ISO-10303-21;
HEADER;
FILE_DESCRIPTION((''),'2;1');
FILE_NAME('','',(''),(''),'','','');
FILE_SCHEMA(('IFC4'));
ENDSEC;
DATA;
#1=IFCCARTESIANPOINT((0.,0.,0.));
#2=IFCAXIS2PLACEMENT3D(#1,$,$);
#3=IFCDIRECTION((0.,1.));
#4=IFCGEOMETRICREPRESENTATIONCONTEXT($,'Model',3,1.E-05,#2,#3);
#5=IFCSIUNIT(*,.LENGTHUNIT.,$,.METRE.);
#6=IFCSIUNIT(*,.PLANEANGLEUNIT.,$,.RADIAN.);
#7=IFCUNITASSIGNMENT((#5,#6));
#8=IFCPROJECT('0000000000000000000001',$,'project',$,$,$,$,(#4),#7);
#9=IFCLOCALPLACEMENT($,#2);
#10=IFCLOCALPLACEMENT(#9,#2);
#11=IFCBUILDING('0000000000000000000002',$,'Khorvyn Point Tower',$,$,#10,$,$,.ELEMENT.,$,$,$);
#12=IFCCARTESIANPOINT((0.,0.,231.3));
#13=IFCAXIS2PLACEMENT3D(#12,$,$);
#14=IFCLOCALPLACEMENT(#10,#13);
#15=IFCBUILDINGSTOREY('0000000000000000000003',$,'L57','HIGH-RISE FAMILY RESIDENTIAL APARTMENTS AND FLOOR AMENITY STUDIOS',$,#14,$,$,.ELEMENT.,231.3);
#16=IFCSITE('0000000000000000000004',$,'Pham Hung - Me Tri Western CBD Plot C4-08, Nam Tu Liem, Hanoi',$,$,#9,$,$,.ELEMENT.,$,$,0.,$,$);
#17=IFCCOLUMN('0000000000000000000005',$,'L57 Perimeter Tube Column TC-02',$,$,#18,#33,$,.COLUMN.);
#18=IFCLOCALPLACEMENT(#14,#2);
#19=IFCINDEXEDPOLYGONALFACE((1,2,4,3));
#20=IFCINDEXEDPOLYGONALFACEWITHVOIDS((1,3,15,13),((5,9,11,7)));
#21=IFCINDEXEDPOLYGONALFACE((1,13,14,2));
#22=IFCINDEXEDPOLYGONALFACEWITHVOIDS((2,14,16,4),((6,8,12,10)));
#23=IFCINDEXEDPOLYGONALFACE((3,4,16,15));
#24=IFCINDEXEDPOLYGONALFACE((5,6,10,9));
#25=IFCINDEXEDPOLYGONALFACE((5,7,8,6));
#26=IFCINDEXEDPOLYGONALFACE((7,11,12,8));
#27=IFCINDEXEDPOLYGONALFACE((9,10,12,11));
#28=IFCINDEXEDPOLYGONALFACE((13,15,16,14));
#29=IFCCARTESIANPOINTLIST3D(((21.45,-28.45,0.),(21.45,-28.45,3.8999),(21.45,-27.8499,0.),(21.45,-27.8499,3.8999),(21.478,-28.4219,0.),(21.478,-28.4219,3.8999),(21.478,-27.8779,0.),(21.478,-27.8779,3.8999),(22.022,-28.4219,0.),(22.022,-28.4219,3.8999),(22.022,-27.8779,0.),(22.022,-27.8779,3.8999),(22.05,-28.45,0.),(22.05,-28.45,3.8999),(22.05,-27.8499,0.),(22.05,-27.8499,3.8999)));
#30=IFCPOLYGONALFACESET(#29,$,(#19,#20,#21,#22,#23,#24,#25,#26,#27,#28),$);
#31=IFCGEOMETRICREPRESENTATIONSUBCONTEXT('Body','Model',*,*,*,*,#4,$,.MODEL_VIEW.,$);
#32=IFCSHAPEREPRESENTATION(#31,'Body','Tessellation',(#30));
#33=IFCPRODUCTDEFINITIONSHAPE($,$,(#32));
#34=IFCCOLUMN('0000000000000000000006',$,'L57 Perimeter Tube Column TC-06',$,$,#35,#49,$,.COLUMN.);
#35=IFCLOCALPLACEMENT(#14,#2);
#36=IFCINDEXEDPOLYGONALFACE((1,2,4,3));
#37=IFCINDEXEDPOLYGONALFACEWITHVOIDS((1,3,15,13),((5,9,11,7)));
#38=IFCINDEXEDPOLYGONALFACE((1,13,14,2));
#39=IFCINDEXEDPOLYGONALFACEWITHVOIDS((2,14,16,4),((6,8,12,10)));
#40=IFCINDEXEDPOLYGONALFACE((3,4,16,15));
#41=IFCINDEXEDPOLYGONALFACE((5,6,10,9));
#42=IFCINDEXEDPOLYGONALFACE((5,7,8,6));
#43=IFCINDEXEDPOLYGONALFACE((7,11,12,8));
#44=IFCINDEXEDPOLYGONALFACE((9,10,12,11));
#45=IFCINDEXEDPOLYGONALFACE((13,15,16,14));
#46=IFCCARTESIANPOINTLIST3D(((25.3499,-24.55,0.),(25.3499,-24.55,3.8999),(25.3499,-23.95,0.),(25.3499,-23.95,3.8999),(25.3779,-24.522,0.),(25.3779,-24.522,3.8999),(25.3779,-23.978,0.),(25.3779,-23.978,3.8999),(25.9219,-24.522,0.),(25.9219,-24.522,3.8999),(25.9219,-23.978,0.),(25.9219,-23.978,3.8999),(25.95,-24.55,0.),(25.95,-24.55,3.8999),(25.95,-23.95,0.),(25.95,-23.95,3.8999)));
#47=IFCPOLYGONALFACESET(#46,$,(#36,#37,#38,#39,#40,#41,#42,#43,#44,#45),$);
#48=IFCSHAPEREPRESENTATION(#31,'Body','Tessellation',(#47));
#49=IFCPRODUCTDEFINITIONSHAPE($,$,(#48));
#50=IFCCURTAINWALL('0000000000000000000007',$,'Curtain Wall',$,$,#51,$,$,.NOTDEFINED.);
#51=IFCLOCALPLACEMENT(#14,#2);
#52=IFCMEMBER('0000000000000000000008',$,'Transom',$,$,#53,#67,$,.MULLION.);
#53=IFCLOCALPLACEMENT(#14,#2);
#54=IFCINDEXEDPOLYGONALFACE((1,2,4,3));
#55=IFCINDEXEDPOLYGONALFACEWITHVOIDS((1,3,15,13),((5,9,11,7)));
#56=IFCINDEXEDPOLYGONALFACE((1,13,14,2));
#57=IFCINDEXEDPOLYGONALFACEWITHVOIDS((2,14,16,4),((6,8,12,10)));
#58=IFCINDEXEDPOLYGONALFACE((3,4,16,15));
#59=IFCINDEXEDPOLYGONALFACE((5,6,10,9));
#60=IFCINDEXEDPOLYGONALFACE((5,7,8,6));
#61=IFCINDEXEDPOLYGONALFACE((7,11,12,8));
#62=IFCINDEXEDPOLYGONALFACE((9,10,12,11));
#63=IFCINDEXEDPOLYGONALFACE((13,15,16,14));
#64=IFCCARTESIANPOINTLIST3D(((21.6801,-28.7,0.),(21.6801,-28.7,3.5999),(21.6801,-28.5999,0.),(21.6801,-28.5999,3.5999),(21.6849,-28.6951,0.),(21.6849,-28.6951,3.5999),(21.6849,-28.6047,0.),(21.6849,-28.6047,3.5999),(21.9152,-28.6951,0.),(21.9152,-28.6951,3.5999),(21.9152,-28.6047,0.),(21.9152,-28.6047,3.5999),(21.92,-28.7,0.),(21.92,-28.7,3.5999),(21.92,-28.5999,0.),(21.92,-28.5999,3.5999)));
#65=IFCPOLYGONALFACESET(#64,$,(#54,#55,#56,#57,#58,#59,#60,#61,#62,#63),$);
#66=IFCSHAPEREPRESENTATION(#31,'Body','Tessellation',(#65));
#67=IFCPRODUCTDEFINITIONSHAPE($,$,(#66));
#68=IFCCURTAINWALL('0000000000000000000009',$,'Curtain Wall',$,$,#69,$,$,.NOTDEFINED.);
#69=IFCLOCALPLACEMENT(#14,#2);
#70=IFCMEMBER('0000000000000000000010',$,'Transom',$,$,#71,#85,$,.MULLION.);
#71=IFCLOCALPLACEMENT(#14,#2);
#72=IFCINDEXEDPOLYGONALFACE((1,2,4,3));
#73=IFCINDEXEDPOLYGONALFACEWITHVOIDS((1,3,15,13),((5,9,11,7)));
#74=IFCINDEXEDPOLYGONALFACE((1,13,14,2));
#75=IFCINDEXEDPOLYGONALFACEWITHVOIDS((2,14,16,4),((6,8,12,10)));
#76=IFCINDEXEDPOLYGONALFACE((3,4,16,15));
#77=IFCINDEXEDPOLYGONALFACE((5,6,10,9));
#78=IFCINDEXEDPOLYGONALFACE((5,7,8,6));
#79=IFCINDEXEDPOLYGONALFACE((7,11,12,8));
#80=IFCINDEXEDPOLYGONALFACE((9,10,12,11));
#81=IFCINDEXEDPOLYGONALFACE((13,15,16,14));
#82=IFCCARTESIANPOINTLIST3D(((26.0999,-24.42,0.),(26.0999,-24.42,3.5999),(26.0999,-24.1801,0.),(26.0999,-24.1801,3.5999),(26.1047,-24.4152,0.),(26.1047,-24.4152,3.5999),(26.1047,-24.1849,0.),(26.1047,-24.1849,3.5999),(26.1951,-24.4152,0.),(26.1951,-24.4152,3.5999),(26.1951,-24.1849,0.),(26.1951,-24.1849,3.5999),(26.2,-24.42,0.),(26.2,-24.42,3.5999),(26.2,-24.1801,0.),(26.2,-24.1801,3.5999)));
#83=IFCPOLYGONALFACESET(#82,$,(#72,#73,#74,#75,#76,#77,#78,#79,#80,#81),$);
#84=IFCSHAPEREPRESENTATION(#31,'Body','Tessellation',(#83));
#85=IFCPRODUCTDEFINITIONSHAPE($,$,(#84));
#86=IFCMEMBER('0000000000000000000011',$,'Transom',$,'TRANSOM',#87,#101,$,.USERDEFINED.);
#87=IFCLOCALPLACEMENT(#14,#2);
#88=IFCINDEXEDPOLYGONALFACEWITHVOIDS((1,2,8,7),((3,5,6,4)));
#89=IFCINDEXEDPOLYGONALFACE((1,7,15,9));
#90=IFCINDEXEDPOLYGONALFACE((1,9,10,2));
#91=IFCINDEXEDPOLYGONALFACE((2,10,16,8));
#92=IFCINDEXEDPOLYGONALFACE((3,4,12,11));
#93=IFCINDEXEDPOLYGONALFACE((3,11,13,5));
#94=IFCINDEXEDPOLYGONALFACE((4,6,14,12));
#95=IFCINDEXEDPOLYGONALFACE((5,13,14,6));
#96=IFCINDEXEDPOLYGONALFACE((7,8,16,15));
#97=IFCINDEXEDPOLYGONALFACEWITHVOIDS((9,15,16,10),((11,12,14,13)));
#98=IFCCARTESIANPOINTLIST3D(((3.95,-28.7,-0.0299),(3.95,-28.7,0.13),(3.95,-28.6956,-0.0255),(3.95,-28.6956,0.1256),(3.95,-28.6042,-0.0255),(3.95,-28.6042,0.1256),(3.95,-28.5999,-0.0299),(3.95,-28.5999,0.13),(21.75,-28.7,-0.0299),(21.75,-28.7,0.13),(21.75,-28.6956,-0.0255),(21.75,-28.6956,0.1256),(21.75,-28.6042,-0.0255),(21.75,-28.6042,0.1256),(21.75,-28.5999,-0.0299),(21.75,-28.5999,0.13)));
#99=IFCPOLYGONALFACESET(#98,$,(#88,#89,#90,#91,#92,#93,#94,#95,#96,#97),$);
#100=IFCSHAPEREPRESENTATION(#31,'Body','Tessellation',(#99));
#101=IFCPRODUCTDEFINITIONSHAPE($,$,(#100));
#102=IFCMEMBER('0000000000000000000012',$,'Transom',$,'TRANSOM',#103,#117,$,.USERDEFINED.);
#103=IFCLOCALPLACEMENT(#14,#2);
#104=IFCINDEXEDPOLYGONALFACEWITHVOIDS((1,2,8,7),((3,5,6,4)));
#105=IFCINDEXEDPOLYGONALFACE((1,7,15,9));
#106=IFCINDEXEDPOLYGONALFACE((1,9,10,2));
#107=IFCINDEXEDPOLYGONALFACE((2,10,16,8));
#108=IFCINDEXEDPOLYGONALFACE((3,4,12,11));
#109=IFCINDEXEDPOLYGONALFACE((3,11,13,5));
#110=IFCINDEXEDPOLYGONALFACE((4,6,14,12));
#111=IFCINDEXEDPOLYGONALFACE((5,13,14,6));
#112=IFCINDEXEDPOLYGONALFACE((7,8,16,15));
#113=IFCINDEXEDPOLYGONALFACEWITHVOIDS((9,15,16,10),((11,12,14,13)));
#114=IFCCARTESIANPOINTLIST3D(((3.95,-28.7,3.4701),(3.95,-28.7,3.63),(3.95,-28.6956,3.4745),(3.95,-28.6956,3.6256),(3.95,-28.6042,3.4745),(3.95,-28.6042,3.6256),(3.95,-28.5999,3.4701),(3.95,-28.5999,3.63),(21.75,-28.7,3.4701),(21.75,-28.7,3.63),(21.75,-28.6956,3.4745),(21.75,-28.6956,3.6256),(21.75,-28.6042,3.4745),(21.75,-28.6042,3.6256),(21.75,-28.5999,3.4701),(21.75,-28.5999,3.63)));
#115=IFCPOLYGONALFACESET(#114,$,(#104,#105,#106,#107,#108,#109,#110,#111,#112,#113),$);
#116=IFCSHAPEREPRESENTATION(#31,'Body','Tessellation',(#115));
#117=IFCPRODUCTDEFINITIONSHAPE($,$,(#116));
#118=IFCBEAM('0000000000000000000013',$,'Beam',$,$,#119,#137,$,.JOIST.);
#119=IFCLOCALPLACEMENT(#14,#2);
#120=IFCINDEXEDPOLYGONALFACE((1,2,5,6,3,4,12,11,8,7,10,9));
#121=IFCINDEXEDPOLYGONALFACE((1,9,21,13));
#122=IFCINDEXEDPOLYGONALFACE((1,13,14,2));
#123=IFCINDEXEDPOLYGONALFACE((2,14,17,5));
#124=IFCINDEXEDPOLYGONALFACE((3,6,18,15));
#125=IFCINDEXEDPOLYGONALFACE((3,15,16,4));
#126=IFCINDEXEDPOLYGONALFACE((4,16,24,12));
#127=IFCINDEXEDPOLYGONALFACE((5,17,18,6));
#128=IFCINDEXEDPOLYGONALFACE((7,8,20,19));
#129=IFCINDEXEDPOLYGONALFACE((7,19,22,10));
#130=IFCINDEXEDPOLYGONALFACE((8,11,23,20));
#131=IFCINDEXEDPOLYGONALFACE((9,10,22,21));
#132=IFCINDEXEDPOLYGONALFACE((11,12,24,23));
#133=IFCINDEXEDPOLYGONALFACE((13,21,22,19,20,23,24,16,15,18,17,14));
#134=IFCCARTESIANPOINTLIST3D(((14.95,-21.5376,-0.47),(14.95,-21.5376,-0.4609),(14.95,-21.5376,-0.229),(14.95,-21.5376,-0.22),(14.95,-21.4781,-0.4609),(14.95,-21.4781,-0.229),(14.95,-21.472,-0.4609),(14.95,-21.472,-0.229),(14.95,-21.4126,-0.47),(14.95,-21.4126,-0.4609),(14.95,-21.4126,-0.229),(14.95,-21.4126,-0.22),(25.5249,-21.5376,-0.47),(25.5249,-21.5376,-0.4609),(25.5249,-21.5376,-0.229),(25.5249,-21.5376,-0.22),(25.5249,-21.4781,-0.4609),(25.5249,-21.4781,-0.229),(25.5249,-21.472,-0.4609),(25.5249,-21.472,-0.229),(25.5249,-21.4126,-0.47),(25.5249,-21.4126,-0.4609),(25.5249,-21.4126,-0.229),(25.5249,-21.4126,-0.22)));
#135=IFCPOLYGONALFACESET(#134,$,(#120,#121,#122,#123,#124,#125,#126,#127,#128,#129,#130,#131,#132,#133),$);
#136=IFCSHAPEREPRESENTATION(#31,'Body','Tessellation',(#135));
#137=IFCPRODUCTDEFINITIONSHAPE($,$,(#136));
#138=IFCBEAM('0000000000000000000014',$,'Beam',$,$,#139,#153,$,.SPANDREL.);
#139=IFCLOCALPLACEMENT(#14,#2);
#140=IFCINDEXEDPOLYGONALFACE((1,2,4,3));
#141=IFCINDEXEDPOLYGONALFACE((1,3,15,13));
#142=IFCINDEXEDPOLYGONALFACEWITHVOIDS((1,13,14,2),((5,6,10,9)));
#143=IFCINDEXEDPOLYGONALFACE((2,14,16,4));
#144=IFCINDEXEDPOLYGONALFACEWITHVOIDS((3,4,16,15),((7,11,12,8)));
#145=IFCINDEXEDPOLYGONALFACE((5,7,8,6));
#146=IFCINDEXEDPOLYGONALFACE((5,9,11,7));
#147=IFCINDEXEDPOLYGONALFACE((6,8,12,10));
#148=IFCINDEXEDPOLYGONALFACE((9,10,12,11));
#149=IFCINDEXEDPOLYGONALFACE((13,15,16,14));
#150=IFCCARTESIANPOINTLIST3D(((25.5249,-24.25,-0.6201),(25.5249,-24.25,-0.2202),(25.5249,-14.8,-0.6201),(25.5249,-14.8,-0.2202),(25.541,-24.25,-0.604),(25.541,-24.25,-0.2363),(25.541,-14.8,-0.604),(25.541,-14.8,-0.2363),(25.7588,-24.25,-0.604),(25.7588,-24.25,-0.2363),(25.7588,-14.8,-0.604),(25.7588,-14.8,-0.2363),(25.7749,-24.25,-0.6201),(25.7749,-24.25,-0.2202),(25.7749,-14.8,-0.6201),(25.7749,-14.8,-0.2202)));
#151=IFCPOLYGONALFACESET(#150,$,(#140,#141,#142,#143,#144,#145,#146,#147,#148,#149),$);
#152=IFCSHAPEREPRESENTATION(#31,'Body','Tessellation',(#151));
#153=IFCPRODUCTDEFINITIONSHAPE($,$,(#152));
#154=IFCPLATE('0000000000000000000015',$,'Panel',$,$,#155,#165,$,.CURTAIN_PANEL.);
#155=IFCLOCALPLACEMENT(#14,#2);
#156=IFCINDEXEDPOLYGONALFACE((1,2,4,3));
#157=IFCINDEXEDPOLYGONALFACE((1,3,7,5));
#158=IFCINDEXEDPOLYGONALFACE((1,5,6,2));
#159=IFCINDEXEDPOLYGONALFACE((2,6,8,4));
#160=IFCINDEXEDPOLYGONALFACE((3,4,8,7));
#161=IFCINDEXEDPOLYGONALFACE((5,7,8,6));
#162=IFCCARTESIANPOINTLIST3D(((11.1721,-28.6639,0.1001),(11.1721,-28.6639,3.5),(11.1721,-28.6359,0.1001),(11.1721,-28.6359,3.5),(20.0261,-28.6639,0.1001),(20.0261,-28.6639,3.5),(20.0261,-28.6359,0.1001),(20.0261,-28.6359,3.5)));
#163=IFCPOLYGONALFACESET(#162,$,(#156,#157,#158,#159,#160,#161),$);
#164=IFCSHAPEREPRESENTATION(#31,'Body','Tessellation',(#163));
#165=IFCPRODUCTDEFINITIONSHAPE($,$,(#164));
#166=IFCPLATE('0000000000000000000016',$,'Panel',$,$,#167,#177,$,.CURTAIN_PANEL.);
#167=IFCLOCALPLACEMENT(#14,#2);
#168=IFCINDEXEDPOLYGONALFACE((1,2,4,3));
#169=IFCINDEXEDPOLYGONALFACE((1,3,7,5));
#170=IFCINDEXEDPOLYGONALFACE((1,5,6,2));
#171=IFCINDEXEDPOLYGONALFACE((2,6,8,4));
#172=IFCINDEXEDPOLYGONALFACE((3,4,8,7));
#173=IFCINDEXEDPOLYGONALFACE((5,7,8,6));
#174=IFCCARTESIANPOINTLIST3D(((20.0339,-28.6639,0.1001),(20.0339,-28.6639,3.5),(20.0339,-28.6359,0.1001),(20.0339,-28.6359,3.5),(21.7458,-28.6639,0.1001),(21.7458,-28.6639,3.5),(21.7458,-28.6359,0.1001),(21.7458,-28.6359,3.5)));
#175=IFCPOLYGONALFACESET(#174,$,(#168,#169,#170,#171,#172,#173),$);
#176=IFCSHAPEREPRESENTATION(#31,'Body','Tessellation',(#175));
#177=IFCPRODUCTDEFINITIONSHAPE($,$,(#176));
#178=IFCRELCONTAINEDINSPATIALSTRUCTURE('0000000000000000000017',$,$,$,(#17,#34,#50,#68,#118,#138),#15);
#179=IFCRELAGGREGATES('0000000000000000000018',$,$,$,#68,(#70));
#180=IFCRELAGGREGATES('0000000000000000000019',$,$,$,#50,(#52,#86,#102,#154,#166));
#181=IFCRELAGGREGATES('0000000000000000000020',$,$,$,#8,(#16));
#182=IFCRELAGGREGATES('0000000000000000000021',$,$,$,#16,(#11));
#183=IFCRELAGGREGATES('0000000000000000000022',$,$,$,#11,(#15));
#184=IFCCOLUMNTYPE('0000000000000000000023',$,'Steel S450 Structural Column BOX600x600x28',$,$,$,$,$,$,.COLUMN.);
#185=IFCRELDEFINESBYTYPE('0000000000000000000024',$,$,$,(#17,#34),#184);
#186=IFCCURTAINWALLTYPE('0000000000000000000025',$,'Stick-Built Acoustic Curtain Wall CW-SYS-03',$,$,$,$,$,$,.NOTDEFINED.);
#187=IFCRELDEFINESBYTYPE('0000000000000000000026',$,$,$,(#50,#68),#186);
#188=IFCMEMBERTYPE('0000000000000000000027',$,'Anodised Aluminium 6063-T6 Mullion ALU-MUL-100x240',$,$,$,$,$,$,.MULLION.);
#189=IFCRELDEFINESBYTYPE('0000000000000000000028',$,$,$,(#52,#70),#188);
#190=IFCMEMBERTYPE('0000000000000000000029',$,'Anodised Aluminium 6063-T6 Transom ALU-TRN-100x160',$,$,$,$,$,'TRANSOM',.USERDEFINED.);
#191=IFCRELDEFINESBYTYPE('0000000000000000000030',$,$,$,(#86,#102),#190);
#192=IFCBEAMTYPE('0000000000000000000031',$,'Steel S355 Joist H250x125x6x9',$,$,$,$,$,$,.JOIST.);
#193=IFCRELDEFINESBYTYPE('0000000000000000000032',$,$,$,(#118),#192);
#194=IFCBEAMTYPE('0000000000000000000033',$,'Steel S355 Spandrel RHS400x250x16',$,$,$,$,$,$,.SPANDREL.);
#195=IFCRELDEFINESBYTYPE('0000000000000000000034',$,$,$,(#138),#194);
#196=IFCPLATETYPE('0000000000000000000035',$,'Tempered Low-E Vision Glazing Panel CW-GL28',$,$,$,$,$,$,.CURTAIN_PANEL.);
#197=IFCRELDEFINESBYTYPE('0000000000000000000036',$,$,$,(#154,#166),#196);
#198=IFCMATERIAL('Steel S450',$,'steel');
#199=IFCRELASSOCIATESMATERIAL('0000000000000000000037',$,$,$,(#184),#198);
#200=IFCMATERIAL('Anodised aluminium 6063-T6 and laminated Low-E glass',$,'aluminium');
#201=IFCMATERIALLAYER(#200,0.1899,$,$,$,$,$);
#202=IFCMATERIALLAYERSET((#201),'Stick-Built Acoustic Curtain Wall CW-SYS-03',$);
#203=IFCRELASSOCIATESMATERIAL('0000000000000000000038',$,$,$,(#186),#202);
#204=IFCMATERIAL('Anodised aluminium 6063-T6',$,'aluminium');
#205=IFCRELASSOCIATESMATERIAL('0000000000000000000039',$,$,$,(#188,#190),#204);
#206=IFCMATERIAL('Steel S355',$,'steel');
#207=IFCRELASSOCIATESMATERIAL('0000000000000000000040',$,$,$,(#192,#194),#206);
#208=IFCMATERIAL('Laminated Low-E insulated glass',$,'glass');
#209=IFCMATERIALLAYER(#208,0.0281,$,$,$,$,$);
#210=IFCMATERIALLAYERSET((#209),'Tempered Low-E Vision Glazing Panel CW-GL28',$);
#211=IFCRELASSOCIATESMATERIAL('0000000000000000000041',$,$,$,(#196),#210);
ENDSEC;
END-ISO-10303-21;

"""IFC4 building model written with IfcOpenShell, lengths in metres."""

from ifc_helpers import new_model, si_unit, direction, frame, origin, origin_2d, place, context, subcontext, project, spatial, rectangle, hollow_rectangle, i_section, extrude, material, layer, layer_set, material_profile, profile_set, type_object, element, aggregate, save


model = new_model("IFC4")

# Units and contexts
model_context = context("Model", 3, precision=1e-05, world=origin(), true_north=direction((0.0, 1.0)))
body_context = subcontext(model_context, "Body", "Model", "MODEL_VIEW")
ifc_project = project(units=[si_unit("LENGTHUNIT", "METRE"), si_unit("PLANEANGLEUNIT", "RADIAN")], contexts=[model_context])

# Site, building, storey
site_placement = place(None, origin())
site = spatial("IfcSite", under=ifc_project, at=site_placement, Name="Pham Hung - Me Tri Western CBD Plot C4-08, Nam Tu Liem, Hanoi", CompositionType="ELEMENT", RefElevation=0.0)
building_placement = place(site_placement, origin())
building = spatial("IfcBuilding", under=site, at=building_placement, Name="Khorvyn Point Tower", CompositionType="ELEMENT")
storey_placement = place(building_placement, frame((0.0, 0.0, 231.3)))
storey = spatial("IfcBuildingStorey", under=building, at=storey_placement, Name="L57", Description="HIGH-RISE FAMILY RESIDENTIAL APARTMENTS AND FLOOR AMENITY STUDIOS", CompositionType="ELEMENT", Elevation=231.3)

# Columns
ifc_material_1 = material(Name="Steel S450", Category="steel")
ifc_material_profile_1 = material_profile(ifc_material_1, hollow_rectangle(XDim=0.6001, YDim=0.6001, WallThickness=0.0281, at=origin_2d()))
ifc_profile_set_1 = profile_set([ifc_material_profile_1], Name="Steel S450 BOX600x600x28")
column_type = type_object("IfcColumnType", Name="Steel S450 Structural Column BOX600x600x28", PredefinedType="COLUMN", material=ifc_profile_set_1)
for number, where, z_axis, x_axis, name in (
    (1, (21.75, -28.1499, 0.0), (0.0, 0.0, 1.0), (1.0, 0.0, 0.0), "L57 Perimeter Tube Column TC-02"),
    (2, (25.6499, -24.25, 0.0), (0.0, 0.0, 1.0), (1.0, 0.0, 0.0), "L57 Perimeter Tube Column TC-06"),
):
    element("IfcColumn", number, at=place(storey_placement, frame(where, z_axis=z_axis, x_axis=x_axis)), inside=storey, type_object=column_type, Name=name, PredefinedType="COLUMN", context=body_context, shape_type="SweptSolid", body=[
        extrude(hollow_rectangle(XDim=0.6001, YDim=0.6001, WallThickness=0.0281, at=origin_2d()), origin(), (0.0, 0.0, 1.0), 3.8999),
    ])

# Curtain walls, members
ifc_material_2 = material(Name="Anodised aluminium 6063-T6 and laminated Low-E glass", Category="aluminium")
ifc_layer_1 = layer(ifc_material_2, 0.1899)
ifc_layer_set_1 = layer_set([ifc_layer_1], Name="Stick-Built Acoustic Curtain Wall CW-SYS-03")
curtain_wall_type = type_object("IfcCurtainWallType", Name="Stick-Built Acoustic Curtain Wall CW-SYS-03", PredefinedType="NOTDEFINED", material=ifc_layer_set_1)
curtain_wall_1_placement = place(storey_placement, origin())
curtain_wall_1 = element("IfcCurtainWall", 3, at=curtain_wall_1_placement, inside=storey, type_object=curtain_wall_type, Name="Curtain Wall", PredefinedType="NOTDEFINED")
ifc_material_3 = material(Name="Anodised aluminium 6063-T6", Category="aluminium")
ifc_material_profile_2 = material_profile(ifc_material_3, hollow_rectangle(XDim=0.1001, YDim=0.24, WallThickness=0.0049, at=origin_2d()))
ifc_profile_set_2 = profile_set([ifc_material_profile_2], Name="Anodised aluminium 6063-T6 ALU-MUL-100x240")
member_type_1 = type_object("IfcMemberType", Name="Anodised Aluminium 6063-T6 Mullion ALU-MUL-100x240", PredefinedType="MULLION", material=ifc_profile_set_2)
member_1_placement = place(storey_placement, frame((21.8, -28.6499, 0.0), z_axis=(0.0, 0.0, 1.0), x_axis=(0.0, -1.0, 0.0)))
member_1 = element("IfcMember", 4, at=member_1_placement, type_object=member_type_1, Name="Transom", PredefinedType="MULLION", context=body_context, shape_type="SweptSolid", body=[
    extrude(hollow_rectangle(XDim=0.1001, YDim=0.24, WallThickness=0.0049, at=origin_2d()), origin(), (0.0, 0.0, 1.0), 3.5999),
])
curtain_wall_2_placement = place(storey_placement, origin())
curtain_wall_2 = element("IfcCurtainWall", 5, at=curtain_wall_2_placement, inside=storey, type_object=curtain_wall_type, Name="Curtain Wall", PredefinedType="NOTDEFINED")
member_2_placement = place(storey_placement, frame((26.1499, -24.3, 0.0), z_axis=(0.0, 0.0, 1.0), x_axis=(1.0, 0.0, 0.0)))
member_2 = element("IfcMember", 6, at=member_2_placement, type_object=member_type_1, Name="Transom", PredefinedType="MULLION", context=body_context, shape_type="SweptSolid", body=[
    extrude(hollow_rectangle(XDim=0.1001, YDim=0.24, WallThickness=0.0049, at=origin_2d()), origin(), (0.0, 0.0, 1.0), 3.5999),
])
aggregate(curtain_wall_2, [member_2])

# Members
ifc_material_profile_3 = material_profile(ifc_material_3, hollow_rectangle(XDim=0.1001, YDim=0.1599, WallThickness=0.0044, at=origin_2d()))
ifc_profile_set_3 = profile_set([ifc_material_profile_3], Name="Anodised aluminium 6063-T6 ALU-TRN-100x160")
member_type_2 = type_object("IfcMemberType", Name="Anodised Aluminium 6063-T6 Transom ALU-TRN-100x160", ElementType="TRANSOM", PredefinedType="USERDEFINED", material=ifc_profile_set_3)
member_3_placement = place(storey_placement, frame((21.75, -28.6499, 0.05), z_axis=(-1.0, 0.0, 0.0), x_axis=(0.0, -1.0, 0.0)))
member_3 = element("IfcMember", 7, at=member_3_placement, type_object=member_type_2, Name="Transom", ObjectType="TRANSOM", PredefinedType="USERDEFINED", context=body_context, shape_type="SweptSolid", body=[
    extrude(hollow_rectangle(XDim=0.1001, YDim=0.1599, WallThickness=0.0044, at=origin_2d()), origin(), (0.0, 0.0, 1.0), 17.8),
])
member_4_placement = place(storey_placement, frame((21.75, -28.6499, 3.55), z_axis=(-1.0, 0.0, 0.0), x_axis=(0.0, -1.0, 0.0)))
member_4 = element("IfcMember", 8, at=member_4_placement, type_object=member_type_2, Name="Transom", ObjectType="TRANSOM", PredefinedType="USERDEFINED", context=body_context, shape_type="SweptSolid", body=[
    extrude(hollow_rectangle(XDim=0.1001, YDim=0.1599, WallThickness=0.0044, at=origin_2d()), origin(), (0.0, 0.0, 1.0), 17.8),
])

# Beams
ifc_material_4 = material(Name="Steel S355", Category="steel")
ifc_material_profile_4 = material_profile(ifc_material_4, i_section(OverallWidth=0.125, OverallDepth=0.25, WebThickness=0.0061, FlangeThickness=0.009, at=origin_2d()))
ifc_profile_set_4 = profile_set([ifc_material_profile_4], Name="Steel S355 H250x125x6x9")
beam_type_1 = type_object("IfcBeamType", Name="Steel S355 Joist H250x125x6x9", PredefinedType="JOIST", material=ifc_profile_set_4)
beam_1_placement = place(storey_placement, frame((14.95, -21.4751, -0.345), z_axis=(1.0, 0.0, 0.0), x_axis=(0.0, 1.0, 0.0)))
element("IfcBeam", 9, at=beam_1_placement, inside=storey, type_object=beam_type_1, Name="Beam", PredefinedType="JOIST", context=body_context, shape_type="SweptSolid", body=[
    extrude(i_section(OverallWidth=0.125, OverallDepth=0.25, WebThickness=0.0061, FlangeThickness=0.009, at=origin_2d()), origin(), (0.0, 0.0, 1.0), 10.575),
])
ifc_material_profile_5 = material_profile(ifc_material_4, hollow_rectangle(XDim=0.25, YDim=0.3999, WallThickness=0.0161, at=origin_2d()))
ifc_profile_set_5 = profile_set([ifc_material_profile_5], Name="Steel S355 RHS400x250x16")
beam_type_2 = type_object("IfcBeamType", Name="Steel S355 Spandrel RHS400x250x16", PredefinedType="SPANDREL", material=ifc_profile_set_5)
beam_2_placement = place(storey_placement, frame((25.6499, -24.25, -0.4202), z_axis=(0.0, 1.0, 0.0), x_axis=(-1.0, 0.0, 0.0)))
element("IfcBeam", 10, at=beam_2_placement, inside=storey, type_object=beam_type_2, Name="Beam", PredefinedType="SPANDREL", context=body_context, shape_type="SweptSolid", body=[
    extrude(hollow_rectangle(XDim=0.25, YDim=0.3999, WallThickness=0.0161, at=origin_2d()), origin(), (0.0, 0.0, 1.0), 9.45),
])

# Plates
ifc_material_5 = material(Name="Laminated Low-E insulated glass", Category="glass")
ifc_layer_2 = layer(ifc_material_5, 0.0281)
ifc_layer_set_2 = layer_set([ifc_layer_2], Name="Tempered Low-E Vision Glazing Panel CW-GL28")
plate_type = type_object("IfcPlateType", Name="Tempered Low-E Vision Glazing Panel CW-GL28", PredefinedType="CURTAIN_PANEL", material=ifc_layer_set_2)
plate_1_placement = place(storey_placement, frame((15.5991, -28.6499, 0.1001), z_axis=(0.0, 0.0, 1.0), x_axis=(-1.0, 0.0, 0.0)))
plate_1 = element("IfcPlate", 11, at=plate_1_placement, type_object=plate_type, Name="Panel", PredefinedType="CURTAIN_PANEL", context=body_context, shape_type="SweptSolid", body=[
    extrude(rectangle(XDim=8.854, YDim=0.0281, at=origin_2d()), origin(), (0.0, 0.0, 1.0), 3.3999),
])
plate_2_placement = place(storey_placement, frame((20.8899, -28.6499, 0.1001), z_axis=(0.0, 0.0, 1.0), x_axis=(-1.0, 0.0, 0.0)))
plate_2 = element("IfcPlate", 12, at=plate_2_placement, type_object=plate_type, Name="Panel", PredefinedType="CURTAIN_PANEL", context=body_context, shape_type="SweptSolid", body=[
    extrude(rectangle(XDim=1.7119, YDim=0.0281, at=origin_2d()), origin(), (0.0, 0.0, 1.0), 3.3999),
])
aggregate(curtain_wall_1, [member_1, member_3, member_4, plate_1, plate_2])

save(model, "model.ifc")
